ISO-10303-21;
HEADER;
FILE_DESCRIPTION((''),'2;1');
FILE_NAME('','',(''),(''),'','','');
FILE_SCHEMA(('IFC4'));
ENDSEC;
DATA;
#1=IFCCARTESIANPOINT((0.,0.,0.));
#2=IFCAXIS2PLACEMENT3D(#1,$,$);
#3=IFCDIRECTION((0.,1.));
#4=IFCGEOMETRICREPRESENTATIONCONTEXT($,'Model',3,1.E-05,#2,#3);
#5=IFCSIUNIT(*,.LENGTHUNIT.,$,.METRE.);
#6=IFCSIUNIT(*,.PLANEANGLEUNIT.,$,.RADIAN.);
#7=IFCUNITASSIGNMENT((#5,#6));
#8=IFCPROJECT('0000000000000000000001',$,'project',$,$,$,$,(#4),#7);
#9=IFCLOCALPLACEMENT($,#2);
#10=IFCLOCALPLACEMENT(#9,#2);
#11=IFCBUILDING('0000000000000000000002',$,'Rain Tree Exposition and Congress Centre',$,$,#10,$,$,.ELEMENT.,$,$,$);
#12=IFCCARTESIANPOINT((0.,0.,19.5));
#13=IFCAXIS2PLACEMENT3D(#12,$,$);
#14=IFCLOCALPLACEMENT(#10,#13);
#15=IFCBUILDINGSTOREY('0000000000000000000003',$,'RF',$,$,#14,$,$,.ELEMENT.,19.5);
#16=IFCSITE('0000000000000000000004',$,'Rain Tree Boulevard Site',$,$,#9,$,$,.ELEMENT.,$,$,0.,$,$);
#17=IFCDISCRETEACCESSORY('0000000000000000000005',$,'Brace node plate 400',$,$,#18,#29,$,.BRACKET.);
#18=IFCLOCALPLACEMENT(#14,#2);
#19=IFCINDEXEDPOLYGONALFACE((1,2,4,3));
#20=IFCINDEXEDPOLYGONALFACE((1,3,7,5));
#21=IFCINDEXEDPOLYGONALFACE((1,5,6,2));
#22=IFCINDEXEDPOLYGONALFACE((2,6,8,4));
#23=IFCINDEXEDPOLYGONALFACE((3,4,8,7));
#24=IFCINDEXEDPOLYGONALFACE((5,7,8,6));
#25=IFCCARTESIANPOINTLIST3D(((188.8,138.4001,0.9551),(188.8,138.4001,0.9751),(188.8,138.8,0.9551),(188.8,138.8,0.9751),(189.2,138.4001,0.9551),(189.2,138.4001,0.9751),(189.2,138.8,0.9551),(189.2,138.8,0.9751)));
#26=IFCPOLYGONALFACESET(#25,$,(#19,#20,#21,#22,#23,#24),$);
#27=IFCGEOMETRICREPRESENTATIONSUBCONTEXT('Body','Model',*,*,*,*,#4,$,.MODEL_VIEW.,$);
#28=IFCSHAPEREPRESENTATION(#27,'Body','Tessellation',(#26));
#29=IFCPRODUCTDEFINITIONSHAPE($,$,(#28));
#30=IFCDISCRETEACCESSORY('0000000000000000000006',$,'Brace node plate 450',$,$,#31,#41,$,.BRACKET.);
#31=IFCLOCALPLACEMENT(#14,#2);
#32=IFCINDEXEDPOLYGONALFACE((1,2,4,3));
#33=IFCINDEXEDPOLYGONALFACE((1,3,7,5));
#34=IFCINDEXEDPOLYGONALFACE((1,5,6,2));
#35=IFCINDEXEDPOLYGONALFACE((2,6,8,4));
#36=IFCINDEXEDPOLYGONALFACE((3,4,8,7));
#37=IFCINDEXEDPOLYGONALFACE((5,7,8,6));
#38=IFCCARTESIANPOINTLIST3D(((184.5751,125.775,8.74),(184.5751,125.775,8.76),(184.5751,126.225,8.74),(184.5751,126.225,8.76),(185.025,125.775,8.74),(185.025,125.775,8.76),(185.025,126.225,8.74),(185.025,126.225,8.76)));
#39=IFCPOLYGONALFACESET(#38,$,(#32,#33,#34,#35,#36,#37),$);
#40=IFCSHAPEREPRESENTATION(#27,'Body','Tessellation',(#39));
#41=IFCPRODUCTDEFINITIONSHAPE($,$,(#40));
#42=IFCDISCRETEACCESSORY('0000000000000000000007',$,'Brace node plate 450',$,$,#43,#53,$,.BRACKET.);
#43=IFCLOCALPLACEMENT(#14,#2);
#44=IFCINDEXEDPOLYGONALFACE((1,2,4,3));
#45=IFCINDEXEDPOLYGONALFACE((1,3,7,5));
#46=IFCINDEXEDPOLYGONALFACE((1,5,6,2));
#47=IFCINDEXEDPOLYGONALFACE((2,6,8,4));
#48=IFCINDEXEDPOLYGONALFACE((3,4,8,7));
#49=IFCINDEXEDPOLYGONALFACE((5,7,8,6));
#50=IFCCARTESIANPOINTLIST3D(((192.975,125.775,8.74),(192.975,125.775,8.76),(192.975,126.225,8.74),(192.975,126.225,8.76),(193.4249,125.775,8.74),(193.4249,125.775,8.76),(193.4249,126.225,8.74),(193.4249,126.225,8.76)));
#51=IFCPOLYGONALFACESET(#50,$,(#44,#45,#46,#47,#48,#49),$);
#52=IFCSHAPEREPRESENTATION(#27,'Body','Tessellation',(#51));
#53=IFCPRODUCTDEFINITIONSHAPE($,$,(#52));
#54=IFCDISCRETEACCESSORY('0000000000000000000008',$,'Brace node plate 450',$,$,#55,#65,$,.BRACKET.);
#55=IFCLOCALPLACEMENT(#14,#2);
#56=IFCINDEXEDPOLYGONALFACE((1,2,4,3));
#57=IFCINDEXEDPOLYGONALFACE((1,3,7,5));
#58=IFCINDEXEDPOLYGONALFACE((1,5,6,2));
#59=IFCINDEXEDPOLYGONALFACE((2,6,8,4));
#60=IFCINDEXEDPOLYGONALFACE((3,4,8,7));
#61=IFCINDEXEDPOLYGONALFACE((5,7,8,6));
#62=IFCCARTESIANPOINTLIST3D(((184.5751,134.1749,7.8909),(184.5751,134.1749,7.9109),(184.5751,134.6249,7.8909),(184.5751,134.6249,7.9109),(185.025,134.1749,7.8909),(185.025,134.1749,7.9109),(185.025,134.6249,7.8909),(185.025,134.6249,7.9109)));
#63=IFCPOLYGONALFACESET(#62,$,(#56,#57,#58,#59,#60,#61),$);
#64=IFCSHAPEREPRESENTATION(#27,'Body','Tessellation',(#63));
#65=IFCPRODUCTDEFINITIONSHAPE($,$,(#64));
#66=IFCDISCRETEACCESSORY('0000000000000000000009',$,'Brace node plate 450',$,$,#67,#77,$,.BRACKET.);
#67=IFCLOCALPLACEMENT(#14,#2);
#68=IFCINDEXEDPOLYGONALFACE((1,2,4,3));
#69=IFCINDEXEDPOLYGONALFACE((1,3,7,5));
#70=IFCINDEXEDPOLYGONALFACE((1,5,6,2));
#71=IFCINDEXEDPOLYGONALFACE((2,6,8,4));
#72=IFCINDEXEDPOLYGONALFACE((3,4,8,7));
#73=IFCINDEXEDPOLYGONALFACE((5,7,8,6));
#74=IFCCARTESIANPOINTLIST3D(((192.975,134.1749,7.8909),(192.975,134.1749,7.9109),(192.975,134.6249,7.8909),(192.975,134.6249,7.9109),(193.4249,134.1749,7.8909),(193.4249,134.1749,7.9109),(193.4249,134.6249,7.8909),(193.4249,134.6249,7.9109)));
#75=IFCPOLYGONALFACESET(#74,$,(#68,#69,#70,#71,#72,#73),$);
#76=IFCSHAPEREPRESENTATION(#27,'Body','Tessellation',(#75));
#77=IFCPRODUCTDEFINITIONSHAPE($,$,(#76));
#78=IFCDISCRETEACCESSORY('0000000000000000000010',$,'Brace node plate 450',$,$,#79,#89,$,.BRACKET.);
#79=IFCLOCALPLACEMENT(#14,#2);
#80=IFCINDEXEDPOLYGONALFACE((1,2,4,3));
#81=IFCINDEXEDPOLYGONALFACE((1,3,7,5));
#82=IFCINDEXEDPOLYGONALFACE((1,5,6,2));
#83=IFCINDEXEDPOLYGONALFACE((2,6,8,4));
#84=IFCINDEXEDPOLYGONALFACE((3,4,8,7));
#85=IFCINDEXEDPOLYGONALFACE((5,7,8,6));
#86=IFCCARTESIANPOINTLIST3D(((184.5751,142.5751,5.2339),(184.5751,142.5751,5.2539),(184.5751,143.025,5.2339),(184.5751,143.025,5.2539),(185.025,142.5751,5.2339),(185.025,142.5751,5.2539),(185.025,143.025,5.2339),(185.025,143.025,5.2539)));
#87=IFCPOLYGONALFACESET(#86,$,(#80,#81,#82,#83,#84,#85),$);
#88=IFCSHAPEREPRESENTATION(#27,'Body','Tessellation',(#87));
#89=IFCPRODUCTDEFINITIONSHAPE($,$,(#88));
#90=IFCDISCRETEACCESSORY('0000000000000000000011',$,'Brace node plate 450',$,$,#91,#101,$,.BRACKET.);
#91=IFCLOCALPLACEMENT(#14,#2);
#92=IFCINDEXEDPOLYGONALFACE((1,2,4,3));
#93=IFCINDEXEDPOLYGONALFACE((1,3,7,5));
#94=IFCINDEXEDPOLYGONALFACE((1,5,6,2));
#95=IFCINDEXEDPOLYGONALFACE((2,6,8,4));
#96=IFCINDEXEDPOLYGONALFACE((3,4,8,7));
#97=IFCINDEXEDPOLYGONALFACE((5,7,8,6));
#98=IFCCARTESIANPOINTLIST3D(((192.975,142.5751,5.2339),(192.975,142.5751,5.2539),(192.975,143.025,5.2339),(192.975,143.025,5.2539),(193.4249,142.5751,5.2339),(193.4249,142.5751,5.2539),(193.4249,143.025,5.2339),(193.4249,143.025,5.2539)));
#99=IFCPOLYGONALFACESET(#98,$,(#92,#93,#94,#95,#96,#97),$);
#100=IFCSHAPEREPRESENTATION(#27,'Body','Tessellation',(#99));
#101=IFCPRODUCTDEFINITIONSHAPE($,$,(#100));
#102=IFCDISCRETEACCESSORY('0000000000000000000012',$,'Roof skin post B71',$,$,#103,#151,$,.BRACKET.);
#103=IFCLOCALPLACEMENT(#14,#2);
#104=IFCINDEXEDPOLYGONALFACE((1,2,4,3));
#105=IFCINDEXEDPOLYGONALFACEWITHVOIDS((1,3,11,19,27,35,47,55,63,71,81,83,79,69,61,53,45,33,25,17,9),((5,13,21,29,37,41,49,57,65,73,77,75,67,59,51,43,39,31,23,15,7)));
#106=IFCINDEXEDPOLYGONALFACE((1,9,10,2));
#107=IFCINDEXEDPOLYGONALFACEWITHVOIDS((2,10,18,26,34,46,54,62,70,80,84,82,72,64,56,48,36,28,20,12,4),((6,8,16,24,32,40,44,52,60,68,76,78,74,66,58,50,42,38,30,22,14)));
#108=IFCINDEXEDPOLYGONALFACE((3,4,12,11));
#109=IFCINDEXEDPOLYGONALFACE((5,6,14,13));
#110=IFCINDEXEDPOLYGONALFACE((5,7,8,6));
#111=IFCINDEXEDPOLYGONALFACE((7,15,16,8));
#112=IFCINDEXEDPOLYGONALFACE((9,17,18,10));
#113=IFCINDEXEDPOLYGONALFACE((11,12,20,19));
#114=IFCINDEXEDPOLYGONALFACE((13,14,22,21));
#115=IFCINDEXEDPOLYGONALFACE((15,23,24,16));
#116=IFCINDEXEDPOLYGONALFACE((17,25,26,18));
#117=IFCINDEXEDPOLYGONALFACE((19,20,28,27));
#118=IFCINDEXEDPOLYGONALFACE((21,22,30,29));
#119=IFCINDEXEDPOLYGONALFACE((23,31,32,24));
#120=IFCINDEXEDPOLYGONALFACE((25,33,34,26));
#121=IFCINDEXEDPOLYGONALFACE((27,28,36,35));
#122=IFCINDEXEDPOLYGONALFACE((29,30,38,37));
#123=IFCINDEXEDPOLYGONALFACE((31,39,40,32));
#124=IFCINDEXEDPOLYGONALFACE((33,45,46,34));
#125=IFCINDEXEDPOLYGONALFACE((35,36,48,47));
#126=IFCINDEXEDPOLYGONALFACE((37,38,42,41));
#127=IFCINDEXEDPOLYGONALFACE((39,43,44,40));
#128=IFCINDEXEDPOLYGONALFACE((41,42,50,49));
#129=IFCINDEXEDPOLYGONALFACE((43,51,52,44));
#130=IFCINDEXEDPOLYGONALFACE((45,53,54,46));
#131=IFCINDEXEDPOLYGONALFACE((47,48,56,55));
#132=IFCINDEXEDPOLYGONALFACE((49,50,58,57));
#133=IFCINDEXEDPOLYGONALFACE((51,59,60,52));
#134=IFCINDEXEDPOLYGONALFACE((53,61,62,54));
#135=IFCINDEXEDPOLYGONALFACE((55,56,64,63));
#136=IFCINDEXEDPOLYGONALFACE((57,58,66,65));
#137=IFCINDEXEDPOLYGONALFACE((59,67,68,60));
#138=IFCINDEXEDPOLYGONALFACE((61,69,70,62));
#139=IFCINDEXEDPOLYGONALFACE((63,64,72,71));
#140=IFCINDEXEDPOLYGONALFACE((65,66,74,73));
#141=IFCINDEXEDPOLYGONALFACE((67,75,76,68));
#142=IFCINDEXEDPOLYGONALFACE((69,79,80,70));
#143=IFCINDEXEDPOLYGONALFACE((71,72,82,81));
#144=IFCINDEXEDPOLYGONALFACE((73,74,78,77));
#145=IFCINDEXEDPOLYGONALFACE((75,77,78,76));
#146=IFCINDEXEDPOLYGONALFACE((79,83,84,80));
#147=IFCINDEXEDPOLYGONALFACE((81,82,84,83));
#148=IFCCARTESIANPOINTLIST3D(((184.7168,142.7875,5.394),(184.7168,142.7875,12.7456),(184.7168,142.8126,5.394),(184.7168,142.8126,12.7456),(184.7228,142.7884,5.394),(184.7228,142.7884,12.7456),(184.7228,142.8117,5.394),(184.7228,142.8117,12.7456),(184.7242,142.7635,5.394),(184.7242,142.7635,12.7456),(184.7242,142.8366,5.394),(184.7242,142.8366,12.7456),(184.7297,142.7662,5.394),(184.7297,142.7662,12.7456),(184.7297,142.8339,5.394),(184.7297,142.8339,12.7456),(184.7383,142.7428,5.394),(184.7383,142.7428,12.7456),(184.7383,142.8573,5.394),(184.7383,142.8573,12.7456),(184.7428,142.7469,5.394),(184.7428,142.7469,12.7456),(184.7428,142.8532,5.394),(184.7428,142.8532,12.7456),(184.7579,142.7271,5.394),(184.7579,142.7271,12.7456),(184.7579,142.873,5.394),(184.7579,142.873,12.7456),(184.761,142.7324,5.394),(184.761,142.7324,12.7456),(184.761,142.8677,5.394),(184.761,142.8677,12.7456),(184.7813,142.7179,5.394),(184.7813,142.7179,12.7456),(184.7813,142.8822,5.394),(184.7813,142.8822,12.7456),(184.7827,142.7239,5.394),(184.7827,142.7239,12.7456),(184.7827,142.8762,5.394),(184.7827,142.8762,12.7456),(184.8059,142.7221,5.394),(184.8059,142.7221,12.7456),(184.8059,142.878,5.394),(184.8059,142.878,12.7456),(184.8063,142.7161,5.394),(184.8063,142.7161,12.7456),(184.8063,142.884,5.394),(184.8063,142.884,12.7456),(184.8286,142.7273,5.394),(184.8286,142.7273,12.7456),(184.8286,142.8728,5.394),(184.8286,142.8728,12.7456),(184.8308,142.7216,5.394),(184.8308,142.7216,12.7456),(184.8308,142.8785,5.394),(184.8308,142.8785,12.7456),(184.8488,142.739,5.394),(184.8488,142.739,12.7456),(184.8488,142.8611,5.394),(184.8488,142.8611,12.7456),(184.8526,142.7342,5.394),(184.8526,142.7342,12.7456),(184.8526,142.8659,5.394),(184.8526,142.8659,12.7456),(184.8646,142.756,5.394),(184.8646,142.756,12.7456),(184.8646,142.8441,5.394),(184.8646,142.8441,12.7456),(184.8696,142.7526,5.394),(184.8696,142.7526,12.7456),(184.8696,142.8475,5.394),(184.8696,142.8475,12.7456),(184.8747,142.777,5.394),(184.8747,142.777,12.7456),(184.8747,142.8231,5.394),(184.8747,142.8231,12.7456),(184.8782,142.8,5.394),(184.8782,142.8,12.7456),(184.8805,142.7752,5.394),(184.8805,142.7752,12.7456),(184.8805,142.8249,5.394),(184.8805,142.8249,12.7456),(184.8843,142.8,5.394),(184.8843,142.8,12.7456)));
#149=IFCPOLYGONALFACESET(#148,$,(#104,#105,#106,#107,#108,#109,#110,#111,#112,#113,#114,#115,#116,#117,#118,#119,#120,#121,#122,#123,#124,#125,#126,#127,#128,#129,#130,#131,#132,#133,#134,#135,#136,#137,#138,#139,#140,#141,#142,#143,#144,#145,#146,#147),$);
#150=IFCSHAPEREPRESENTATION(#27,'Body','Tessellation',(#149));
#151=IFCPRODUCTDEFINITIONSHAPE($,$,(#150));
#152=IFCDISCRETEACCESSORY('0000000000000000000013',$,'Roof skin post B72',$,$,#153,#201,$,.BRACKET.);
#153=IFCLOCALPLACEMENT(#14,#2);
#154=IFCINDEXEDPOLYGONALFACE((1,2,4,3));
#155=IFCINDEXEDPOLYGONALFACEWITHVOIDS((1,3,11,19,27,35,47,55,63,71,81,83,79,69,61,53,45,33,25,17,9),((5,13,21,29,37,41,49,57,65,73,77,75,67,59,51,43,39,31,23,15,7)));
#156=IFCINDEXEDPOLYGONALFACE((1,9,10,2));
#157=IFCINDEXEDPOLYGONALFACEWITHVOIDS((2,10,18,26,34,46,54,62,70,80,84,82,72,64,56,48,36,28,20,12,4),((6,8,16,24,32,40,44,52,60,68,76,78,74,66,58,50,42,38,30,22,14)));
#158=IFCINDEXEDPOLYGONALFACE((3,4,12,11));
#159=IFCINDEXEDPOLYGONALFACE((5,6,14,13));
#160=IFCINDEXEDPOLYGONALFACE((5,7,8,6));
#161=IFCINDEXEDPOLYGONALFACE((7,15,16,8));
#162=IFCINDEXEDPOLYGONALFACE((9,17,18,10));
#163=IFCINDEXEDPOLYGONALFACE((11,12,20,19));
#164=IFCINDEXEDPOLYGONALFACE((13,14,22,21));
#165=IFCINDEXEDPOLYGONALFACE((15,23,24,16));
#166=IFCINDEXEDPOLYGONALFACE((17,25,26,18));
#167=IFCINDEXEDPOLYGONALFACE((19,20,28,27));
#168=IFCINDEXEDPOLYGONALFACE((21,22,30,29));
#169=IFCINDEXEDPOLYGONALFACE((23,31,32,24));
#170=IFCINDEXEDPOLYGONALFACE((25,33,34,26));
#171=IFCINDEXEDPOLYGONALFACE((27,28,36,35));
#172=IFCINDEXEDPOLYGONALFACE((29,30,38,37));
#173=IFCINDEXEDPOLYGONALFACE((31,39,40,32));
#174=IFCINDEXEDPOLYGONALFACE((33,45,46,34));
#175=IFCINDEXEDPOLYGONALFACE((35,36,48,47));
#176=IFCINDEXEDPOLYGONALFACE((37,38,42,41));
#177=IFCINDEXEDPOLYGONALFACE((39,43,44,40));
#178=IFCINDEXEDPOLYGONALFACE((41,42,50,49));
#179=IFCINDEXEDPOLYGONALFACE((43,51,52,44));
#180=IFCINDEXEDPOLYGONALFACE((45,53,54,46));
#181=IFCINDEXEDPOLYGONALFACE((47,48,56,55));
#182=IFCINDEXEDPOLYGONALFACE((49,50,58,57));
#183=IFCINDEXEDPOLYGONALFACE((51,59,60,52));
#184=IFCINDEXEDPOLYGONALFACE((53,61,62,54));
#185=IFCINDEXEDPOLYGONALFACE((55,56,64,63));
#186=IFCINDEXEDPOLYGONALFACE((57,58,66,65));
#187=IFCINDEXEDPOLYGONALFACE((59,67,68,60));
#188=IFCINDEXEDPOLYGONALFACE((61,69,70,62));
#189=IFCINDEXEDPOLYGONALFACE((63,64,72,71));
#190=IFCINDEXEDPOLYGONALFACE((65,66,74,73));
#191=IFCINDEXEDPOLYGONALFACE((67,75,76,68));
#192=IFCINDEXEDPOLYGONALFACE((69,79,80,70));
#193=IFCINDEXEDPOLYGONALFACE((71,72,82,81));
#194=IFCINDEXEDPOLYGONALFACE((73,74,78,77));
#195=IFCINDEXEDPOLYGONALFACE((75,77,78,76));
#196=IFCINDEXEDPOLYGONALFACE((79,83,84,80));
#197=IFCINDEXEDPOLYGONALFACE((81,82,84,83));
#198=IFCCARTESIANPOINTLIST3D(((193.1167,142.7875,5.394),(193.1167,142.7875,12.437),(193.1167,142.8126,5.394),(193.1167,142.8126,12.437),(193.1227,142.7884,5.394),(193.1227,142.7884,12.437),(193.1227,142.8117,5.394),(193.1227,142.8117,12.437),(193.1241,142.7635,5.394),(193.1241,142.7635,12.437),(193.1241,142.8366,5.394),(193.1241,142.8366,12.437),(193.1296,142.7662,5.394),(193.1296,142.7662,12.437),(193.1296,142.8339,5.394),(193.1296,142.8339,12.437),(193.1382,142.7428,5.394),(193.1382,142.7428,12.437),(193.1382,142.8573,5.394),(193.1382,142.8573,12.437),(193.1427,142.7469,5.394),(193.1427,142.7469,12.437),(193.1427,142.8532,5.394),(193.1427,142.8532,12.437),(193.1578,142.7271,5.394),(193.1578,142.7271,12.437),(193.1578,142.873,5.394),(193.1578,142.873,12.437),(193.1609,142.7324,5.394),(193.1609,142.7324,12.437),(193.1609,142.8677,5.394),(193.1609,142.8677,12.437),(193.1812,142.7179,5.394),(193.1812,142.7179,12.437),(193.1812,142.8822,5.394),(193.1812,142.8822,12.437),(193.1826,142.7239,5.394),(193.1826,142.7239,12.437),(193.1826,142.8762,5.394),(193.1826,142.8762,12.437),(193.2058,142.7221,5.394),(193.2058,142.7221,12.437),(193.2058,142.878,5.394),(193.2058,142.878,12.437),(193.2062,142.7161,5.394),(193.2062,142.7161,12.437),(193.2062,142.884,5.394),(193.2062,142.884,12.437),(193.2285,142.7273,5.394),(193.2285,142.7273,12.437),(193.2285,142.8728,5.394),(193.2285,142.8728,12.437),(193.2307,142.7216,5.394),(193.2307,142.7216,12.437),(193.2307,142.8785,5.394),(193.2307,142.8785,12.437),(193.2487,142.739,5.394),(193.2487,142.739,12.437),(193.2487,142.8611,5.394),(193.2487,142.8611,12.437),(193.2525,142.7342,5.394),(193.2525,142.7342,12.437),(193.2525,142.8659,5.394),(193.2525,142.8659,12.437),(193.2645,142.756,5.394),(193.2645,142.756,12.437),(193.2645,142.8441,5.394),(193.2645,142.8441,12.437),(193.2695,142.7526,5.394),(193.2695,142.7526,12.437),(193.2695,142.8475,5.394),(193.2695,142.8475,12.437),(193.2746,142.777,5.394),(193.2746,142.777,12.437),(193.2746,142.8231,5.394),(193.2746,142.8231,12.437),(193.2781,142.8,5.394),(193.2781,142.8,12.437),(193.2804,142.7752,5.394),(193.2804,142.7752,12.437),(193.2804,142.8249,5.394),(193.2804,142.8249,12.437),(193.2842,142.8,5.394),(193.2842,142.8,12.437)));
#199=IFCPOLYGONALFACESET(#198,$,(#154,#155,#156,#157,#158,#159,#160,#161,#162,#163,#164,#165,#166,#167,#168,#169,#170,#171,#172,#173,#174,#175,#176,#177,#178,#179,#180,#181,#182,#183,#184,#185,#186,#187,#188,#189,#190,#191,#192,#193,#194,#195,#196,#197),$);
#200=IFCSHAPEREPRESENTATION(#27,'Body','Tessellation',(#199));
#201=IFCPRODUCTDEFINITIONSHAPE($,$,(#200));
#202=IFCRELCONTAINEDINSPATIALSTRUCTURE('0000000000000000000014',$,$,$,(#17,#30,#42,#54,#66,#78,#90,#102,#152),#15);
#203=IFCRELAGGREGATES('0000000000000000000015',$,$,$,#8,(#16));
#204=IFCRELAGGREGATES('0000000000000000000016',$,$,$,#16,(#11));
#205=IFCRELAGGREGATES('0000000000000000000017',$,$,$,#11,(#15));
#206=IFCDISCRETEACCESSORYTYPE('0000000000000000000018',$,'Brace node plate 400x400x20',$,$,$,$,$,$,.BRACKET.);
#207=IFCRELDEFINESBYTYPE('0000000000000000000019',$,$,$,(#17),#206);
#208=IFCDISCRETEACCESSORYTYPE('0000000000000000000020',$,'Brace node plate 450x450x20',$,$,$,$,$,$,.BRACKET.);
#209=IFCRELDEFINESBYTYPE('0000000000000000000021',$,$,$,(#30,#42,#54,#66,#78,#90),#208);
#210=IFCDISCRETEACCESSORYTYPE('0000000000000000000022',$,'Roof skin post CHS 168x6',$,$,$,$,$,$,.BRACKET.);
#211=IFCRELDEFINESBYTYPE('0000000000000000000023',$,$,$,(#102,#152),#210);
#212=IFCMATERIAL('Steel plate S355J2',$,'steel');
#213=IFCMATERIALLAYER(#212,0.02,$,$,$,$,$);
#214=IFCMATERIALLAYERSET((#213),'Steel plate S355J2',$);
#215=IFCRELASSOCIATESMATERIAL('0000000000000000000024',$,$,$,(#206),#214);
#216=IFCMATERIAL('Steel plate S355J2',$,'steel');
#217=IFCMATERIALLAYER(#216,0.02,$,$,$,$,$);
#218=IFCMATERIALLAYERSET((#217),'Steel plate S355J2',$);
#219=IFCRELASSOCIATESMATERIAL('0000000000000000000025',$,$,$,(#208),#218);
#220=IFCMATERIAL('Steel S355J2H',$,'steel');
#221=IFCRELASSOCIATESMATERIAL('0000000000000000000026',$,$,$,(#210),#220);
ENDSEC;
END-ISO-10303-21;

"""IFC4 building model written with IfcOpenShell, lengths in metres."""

from ifc_helpers import new_model, si_unit, direction, frame, origin, origin_2d, place, context, subcontext, project, spatial, rectangle, hollow_circle, extrude, material, layer, layer_set, material_profile, profile_set, type_object, element, save


model = new_model("IFC4")

# Units and contexts
model_context = context("Model", 3, precision=1e-05, world=origin(), true_north=direction((0.0, 1.0)))
body_context = subcontext(model_context, "Body", "Model", "MODEL_VIEW")
ifc_project = project(units=[si_unit("LENGTHUNIT", "METRE"), si_unit("PLANEANGLEUNIT", "RADIAN")], contexts=[model_context])

# Site, building, storey
site_placement = place(None, origin())
site = spatial("IfcSite", under=ifc_project, at=site_placement, Name="Rain Tree Boulevard Site", CompositionType="ELEMENT", RefElevation=0.0)
building_placement = place(site_placement, origin())
building = spatial("IfcBuilding", under=site, at=building_placement, Name="Rain Tree Exposition and Congress Centre", CompositionType="ELEMENT")
storey_placement = place(building_placement, frame((0.0, 0.0, 19.5)))
storey = spatial("IfcBuildingStorey", under=building, at=storey_placement, Name="RF", CompositionType="ELEMENT", Elevation=19.5)

# Discrete accessories
ifc_material_1 = material(Name="Steel plate S355J2", Category="steel")
ifc_layer_1 = layer(ifc_material_1, 0.02)
ifc_layer_set_1 = layer_set([ifc_layer_1], Name="Steel plate S355J2")
discrete_accessory_type_1 = type_object("IfcDiscreteAccessoryType", Name="Brace node plate 400x400x20", PredefinedType="BRACKET", material=ifc_layer_set_1)
for number, where, z_axis, x_axis, name in (
    (1, (189.0, 138.6001, 0.9551), (0.0, 0.0, 1.0), (1.0, 0.0, 0.0), "Brace node plate 400"),
):
    element("IfcDiscreteAccessory", number, at=place(storey_placement, frame(where, z_axis=z_axis, x_axis=x_axis)), inside=storey, type_object=discrete_accessory_type_1, Name=name, PredefinedType="BRACKET", context=body_context, shape_type="SweptSolid", body=[
        extrude(rectangle(XDim=0.3999, YDim=0.3999, at=origin_2d()), origin(), (0.0, 0.0, 1.0), 0.02),
    ])
ifc_material_2 = material(Name="Steel plate S355J2", Category="steel")
ifc_layer_2 = layer(ifc_material_2, 0.02)
ifc_layer_set_2 = layer_set([ifc_layer_2], Name="Steel plate S355J2")
discrete_accessory_type_2 = type_object("IfcDiscreteAccessoryType", Name="Brace node plate 450x450x20", PredefinedType="BRACKET", material=ifc_layer_set_2)
for number, where, z_axis, x_axis, name in (
    (2, (184.8, 126.0, 8.74), (0.0, 0.0, 1.0), (1.0, 0.0, 0.0), "Brace node plate 450"),
    (3, (193.2, 126.0, 8.74), (0.0, 0.0, 1.0), (1.0, 0.0, 0.0), "Brace node plate 450"),
    (4, (184.8, 134.3999, 7.8909), (0.0, 0.0, 1.0), (1.0, 0.0, 0.0), "Brace node plate 450"),
    (5, (193.2, 134.3999, 7.8909), (0.0, 0.0, 1.0), (1.0, 0.0, 0.0), "Brace node plate 450"),
    (6, (184.8, 142.8, 5.2339), (0.0, 0.0, 1.0), (1.0, 0.0, 0.0), "Brace node plate 450"),
    (7, (193.2, 142.8, 5.2339), (0.0, 0.0, 1.0), (1.0, 0.0, 0.0), "Brace node plate 450"),
):
    element("IfcDiscreteAccessory", number, at=place(storey_placement, frame(where, z_axis=z_axis, x_axis=x_axis)), inside=storey, type_object=discrete_accessory_type_2, Name=name, PredefinedType="BRACKET", context=body_context, shape_type="SweptSolid", body=[
        extrude(rectangle(XDim=0.45, YDim=0.45, at=origin_2d()), origin(), (0.0, 0.0, 1.0), 0.02),
    ])
ifc_material_3 = material(Name="Steel S355J2H", Category="steel")
ifc_material_profile_1 = material_profile(ifc_material_3, hollow_circle(Radius=0.0842, WallThickness=0.0061, at=origin_2d()), Name="CHS 168x6")
ifc_profile_set_1 = profile_set([ifc_material_profile_1], Name="Steel S355J2H")
discrete_accessory_type_3 = type_object("IfcDiscreteAccessoryType", Name="Roof skin post CHS 168x6", PredefinedType="BRACKET", material=ifc_profile_set_1)
discrete_accessory_1_placement = place(storey_placement, frame((184.8, 142.8, 5.394), z_axis=(0.0, 0.0, 1.0), x_axis=(1.0, 0.0, 0.0)))
element("IfcDiscreteAccessory", 8, at=discrete_accessory_1_placement, inside=storey, type_object=discrete_accessory_type_3, Name="Roof skin post B71", PredefinedType="BRACKET", context=body_context, shape_type="SweptSolid", body=[
    extrude(hollow_circle(Radius=0.0842, WallThickness=0.0061, at=origin_2d()), origin(), (0.0, 0.0, 1.0), 7.3516),
])
discrete_accessory_2_placement = place(storey_placement, frame((193.2, 142.8, 5.394), z_axis=(0.0, 0.0, 1.0), x_axis=(1.0, 0.0, 0.0)))
element("IfcDiscreteAccessory", 9, at=discrete_accessory_2_placement, inside=storey, type_object=discrete_accessory_type_3, Name="Roof skin post B72", PredefinedType="BRACKET", context=body_context, shape_type="SweptSolid", body=[
    extrude(hollow_circle(Radius=0.0842, WallThickness=0.0061, at=origin_2d()), origin(), (0.0, 0.0, 1.0), 7.043),
])

save(model, "model.ifc")
